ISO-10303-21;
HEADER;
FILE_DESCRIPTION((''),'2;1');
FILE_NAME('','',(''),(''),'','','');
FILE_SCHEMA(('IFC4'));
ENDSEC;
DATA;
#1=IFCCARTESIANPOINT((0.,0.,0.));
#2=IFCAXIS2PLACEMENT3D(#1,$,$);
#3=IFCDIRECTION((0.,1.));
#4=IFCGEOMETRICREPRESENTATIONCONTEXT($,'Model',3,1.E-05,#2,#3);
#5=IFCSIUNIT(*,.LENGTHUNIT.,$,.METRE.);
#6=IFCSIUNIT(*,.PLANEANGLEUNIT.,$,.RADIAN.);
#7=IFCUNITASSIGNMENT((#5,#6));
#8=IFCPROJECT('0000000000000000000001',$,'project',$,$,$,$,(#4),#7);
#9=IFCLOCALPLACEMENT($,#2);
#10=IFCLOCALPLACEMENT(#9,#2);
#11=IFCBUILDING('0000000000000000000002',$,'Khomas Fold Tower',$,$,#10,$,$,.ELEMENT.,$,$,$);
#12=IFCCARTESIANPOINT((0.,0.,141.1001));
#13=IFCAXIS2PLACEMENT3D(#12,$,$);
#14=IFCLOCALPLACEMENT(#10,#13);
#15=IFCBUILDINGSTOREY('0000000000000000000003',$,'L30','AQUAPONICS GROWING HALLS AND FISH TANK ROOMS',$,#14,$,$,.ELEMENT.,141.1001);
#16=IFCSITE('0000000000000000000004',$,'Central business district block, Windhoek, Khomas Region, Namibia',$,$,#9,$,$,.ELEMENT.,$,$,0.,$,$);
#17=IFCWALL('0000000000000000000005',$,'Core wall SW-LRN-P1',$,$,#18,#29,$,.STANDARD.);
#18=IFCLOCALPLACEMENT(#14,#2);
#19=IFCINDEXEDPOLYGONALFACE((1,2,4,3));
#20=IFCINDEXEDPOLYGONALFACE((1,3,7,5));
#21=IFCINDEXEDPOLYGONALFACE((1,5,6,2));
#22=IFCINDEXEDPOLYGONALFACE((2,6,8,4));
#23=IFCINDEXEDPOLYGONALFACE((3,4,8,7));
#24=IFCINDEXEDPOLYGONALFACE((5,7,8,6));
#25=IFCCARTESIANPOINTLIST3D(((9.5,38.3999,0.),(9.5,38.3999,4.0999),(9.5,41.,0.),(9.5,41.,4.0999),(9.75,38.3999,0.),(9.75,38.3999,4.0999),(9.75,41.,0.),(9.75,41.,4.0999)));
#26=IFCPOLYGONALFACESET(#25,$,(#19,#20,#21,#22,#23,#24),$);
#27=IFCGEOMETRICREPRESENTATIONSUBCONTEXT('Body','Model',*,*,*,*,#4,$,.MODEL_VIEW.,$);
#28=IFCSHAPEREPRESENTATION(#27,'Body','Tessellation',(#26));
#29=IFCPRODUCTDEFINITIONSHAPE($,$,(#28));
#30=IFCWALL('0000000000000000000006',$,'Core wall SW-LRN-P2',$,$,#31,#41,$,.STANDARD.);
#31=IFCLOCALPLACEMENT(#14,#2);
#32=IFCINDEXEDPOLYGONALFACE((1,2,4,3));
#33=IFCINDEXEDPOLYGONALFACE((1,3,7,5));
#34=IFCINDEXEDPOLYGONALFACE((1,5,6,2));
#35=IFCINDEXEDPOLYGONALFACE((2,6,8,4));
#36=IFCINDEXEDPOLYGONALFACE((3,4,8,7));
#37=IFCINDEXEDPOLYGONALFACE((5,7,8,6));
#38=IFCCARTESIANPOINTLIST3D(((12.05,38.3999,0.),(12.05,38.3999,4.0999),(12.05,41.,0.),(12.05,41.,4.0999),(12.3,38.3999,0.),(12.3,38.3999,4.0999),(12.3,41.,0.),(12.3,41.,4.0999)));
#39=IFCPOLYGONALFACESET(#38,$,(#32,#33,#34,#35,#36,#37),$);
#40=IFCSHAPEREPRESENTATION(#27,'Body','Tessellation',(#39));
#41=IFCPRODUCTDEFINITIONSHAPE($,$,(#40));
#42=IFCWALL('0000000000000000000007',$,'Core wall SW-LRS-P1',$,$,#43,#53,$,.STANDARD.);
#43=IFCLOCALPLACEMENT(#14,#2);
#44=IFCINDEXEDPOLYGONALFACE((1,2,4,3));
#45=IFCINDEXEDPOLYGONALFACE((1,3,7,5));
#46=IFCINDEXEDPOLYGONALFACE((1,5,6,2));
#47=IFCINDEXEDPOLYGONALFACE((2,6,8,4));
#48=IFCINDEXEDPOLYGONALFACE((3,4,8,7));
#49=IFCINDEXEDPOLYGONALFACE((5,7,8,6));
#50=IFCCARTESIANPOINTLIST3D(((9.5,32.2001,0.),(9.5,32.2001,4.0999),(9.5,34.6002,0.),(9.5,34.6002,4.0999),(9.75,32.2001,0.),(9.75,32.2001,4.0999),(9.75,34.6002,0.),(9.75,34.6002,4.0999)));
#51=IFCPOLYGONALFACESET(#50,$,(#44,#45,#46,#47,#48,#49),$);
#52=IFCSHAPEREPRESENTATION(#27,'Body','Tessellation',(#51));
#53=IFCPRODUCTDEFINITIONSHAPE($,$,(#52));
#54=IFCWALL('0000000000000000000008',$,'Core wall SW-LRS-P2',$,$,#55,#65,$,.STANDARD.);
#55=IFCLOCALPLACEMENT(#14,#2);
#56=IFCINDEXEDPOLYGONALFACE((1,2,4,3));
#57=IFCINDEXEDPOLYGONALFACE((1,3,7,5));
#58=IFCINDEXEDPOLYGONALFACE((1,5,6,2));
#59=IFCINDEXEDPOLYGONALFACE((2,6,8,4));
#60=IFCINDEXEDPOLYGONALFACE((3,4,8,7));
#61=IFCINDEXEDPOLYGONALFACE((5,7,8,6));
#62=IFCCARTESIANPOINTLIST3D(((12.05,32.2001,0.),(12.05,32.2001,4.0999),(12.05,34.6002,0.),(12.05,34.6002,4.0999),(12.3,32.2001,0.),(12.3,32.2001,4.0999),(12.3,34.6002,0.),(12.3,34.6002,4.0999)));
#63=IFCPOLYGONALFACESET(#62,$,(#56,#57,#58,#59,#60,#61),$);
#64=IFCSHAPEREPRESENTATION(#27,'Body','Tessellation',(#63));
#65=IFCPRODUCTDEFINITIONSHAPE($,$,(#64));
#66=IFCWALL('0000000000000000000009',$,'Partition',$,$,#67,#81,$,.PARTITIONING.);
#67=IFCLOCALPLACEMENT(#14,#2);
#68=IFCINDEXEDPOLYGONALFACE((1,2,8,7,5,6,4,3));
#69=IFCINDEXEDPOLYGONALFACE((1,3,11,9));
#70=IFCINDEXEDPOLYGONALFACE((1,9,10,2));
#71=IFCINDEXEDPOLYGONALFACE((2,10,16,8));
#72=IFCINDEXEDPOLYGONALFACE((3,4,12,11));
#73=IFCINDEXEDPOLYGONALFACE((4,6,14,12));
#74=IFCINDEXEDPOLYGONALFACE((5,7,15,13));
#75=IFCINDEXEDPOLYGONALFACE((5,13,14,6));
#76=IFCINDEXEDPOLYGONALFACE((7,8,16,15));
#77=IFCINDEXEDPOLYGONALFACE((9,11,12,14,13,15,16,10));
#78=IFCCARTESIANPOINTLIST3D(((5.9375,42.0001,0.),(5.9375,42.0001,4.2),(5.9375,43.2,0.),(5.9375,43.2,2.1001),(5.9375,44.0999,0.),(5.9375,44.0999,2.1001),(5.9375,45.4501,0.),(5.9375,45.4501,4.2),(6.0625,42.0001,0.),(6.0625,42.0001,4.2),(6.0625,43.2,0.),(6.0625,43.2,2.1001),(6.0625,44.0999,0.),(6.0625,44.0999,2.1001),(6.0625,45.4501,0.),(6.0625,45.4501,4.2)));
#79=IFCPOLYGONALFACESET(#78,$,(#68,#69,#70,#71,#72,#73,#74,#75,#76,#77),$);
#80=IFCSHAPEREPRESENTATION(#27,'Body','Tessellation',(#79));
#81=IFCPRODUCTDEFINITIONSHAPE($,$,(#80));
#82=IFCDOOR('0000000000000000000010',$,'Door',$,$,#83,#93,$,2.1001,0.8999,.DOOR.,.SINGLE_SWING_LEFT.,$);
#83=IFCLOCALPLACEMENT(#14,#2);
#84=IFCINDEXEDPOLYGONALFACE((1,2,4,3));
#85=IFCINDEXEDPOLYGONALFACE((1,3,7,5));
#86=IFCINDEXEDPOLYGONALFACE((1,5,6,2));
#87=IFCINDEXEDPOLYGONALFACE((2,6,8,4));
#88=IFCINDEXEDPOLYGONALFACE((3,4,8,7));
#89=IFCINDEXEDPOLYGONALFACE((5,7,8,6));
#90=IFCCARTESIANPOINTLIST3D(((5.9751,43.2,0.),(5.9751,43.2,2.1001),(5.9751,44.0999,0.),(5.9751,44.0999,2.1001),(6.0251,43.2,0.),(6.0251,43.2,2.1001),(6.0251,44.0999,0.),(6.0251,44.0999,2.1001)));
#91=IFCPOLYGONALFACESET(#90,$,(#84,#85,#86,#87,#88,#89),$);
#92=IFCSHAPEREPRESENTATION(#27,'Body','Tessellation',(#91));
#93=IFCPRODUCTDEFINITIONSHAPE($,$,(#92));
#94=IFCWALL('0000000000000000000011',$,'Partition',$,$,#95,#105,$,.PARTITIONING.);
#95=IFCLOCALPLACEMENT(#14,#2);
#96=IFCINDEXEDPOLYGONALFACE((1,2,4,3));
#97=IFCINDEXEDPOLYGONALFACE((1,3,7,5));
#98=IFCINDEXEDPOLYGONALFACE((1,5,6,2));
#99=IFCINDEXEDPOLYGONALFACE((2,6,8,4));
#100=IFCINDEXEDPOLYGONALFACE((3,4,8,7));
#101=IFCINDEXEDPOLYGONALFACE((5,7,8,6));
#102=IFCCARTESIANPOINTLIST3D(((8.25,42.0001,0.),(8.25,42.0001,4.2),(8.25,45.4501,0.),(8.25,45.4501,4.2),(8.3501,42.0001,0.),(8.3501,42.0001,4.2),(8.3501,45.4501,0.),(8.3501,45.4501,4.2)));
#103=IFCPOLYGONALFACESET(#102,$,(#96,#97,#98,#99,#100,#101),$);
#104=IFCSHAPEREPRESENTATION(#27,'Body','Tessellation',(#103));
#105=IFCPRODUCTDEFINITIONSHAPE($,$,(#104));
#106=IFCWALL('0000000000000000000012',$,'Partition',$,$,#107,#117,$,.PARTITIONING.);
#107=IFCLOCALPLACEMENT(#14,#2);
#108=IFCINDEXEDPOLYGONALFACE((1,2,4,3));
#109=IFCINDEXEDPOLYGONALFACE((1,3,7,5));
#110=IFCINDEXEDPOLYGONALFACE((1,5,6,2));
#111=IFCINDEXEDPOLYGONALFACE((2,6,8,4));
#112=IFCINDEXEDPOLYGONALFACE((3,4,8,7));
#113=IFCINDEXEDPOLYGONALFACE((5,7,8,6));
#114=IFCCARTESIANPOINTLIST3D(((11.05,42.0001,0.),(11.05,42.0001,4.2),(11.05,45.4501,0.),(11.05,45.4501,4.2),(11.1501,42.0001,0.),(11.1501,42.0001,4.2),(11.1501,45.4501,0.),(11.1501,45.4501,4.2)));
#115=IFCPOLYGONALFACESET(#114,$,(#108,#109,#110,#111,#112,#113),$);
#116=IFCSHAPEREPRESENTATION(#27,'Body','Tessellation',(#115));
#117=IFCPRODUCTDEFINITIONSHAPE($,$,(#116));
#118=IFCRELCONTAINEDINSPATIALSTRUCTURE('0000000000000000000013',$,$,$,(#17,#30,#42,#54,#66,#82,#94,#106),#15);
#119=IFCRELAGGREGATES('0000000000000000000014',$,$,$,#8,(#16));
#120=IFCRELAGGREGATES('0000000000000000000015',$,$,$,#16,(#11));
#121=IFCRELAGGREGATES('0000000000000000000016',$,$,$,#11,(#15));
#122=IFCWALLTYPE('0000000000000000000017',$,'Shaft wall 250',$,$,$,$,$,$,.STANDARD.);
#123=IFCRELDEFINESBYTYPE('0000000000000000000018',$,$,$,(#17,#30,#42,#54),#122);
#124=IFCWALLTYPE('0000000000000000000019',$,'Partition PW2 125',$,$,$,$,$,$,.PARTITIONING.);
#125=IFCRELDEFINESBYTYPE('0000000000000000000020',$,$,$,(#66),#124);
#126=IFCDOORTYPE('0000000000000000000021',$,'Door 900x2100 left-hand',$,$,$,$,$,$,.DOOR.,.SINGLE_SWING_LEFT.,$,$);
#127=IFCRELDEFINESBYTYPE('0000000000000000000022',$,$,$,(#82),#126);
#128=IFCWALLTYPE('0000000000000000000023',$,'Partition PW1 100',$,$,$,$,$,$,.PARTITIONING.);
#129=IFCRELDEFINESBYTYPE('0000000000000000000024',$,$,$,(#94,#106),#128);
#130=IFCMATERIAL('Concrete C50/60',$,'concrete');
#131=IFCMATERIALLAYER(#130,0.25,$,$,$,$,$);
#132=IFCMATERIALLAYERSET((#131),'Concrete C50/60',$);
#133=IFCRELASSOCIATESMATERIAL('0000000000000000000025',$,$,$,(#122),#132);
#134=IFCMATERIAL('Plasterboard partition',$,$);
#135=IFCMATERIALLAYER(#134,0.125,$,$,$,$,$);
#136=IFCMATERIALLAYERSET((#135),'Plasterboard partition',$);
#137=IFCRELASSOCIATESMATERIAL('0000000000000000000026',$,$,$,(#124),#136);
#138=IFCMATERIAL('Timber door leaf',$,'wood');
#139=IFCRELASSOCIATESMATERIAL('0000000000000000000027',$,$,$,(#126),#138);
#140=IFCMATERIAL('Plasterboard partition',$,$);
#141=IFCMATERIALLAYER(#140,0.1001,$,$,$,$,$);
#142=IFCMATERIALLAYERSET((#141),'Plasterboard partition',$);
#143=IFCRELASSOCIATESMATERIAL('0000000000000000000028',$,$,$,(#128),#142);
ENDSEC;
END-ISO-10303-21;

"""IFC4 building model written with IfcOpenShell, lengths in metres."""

from ifc_helpers import new_model, si_unit, direction, frame, frame_2d, origin, place, context, subcontext, project, spatial, rectangle, extrude, source, transform, mapped, material, layer, layer_set, type_object, element, fill, save


model = new_model("IFC4")

# Units and contexts
model_context = context("Model", 3, precision=1e-05, world=origin(), true_north=direction((0.0, 1.0)))
body_context = subcontext(model_context, "Body", "Model", "MODEL_VIEW")
ifc_project = project(units=[si_unit("LENGTHUNIT", "METRE"), si_unit("PLANEANGLEUNIT", "RADIAN")], contexts=[model_context])

# Site, building, storey
site_placement = place(None, origin())
site = spatial("IfcSite", under=ifc_project, at=site_placement, Name="Central business district block, Windhoek, Khomas Region, Namibia", CompositionType="ELEMENT", RefElevation=0.0)
building_placement = place(site_placement, origin())
building = spatial("IfcBuilding", under=site, at=building_placement, Name="Khomas Fold Tower", CompositionType="ELEMENT")
storey_placement = place(building_placement, frame((0.0, 0.0, 141.1001)))
storey = spatial("IfcBuildingStorey", under=building, at=storey_placement, Name="L30", Description="AQUAPONICS GROWING HALLS AND FISH TANK ROOMS", CompositionType="ELEMENT", Elevation=141.1001)

# Walls
ifc_material_1 = material(Name="Concrete C50/60", Category="concrete")
ifc_layer_1 = layer(ifc_material_1, 0.25)
ifc_layer_set_1 = layer_set([ifc_layer_1], Name="Concrete C50/60")
wall_type_1 = type_object("IfcWallType", Name="Shaft wall 250", PredefinedType="STANDARD", material=ifc_layer_set_1)
shared_shape_1 = source(origin(), body_context, "Body", "SweptSolid", [
    extrude(rectangle(XDim=2.6001, YDim=0.25, at=frame_2d((1.3, 0.0))), origin(), (0.0, 0.0, 1.0), 4.0999),
])
for number, where, z_axis, x_axis, name in (
    (1, (9.625, 38.3999, 0.0), (0.0, 0.0, 1.0), (0.0, 1.0, 0.0), "Core wall SW-LRN-P1"),
    (2, (12.175, 38.3999, 0.0), (0.0, 0.0, 1.0), (0.0, 1.0, 0.0), "Core wall SW-LRN-P2"),
):
    element("IfcWall", number, at=place(storey_placement, frame(where, z_axis=z_axis, x_axis=x_axis)), inside=storey, type_object=wall_type_1, Name=name, PredefinedType="STANDARD", context=body_context, shape_type="MappedRepresentation", body=[
        mapped(shared_shape_1, transform((0.0, 0.0, 0.0))),
    ])
shared_shape_2 = source(origin(), body_context, "Body", "SweptSolid", [
    extrude(rectangle(XDim=2.4001, YDim=0.25, at=frame_2d((1.2002, 0.0))), origin(), (0.0, 0.0, 1.0), 4.0999),
])
for number, where, z_axis, x_axis, name in (
    (3, (9.625, 32.2, 0.0), (0.0, 0.0, 1.0), (0.0, 1.0, 0.0), "Core wall SW-LRS-P1"),
    (4, (12.175, 32.2, 0.0), (0.0, 0.0, 1.0), (0.0, 1.0, 0.0), "Core wall SW-LRS-P2"),
):
    element("IfcWall", number, at=place(storey_placement, frame(where, z_axis=z_axis, x_axis=x_axis)), inside=storey, type_object=wall_type_1, Name=name, PredefinedType="STANDARD", context=body_context, shape_type="MappedRepresentation", body=[
        mapped(shared_shape_2, transform((0.0, 0.0, 0.0))),
    ])

# Wall, opening, door
ifc_material_2 = material(Name="Plasterboard partition")
ifc_layer_2 = layer(ifc_material_2, 0.125)
ifc_layer_set_2 = layer_set([ifc_layer_2], Name="Plasterboard partition")
wall_type_2 = type_object("IfcWallType", Name="Partition PW2 125", PredefinedType="PARTITIONING", material=ifc_layer_set_2)
shared_shape_3 = source(origin(), body_context, "Body", "SweptSolid", [
    extrude(rectangle(XDim=3.45, YDim=0.125, at=frame_2d((1.7251, 0.0))), origin(), (0.0, 0.0, 1.0), 4.2),
])
wall_1_placement = place(storey_placement, frame((6.0, 42.0, 0.0), z_axis=(0.0, 0.0, 1.0), x_axis=(0.0, 1.0, 0.0)))
wall_1 = element("IfcWall", 5, at=wall_1_placement, inside=storey, type_object=wall_type_2, Name="Partition", PredefinedType="PARTITIONING", context=body_context, shape_type="MappedRepresentation", body=[
    mapped(shared_shape_3, transform((0.0, 0.0, 0.0))),
])
shared_shape_4 = source(origin(), body_context, "Body", "SweptSolid", [
    extrude(rectangle(XDim=0.8999, YDim=2.1001, at=frame_2d((0.45, 1.05))), frame((0.0, 0.0725, 0.0), z_axis=(0.0, -1.0, 0.0), x_axis=(1.0, 0.0, 0.0)), (0.0, 0.0, 1.0), 0.145),
])
opening_1_placement = place(wall_1_placement, frame((1.2, 0.0, 0.0)))
opening_1 = element("IfcOpeningElement", 6, at=opening_1_placement, cuts=wall_1, PredefinedType="OPENING", context=body_context, shape_type="MappedRepresentation", body=[
    mapped(shared_shape_4, transform((0.0, 0.0, 0.0))),
])
ifc_material_3 = material(Name="Timber door leaf", Category="wood")
door_type_1 = type_object("IfcDoorType", Name="Door 900x2100 left-hand", OperationType="SINGLE_SWING_LEFT", PredefinedType="DOOR", material=ifc_material_3)
shared_shape_5 = source(origin(), body_context, "Body", "SweptSolid", [
    extrude(rectangle(XDim=0.8999, YDim=2.1001, at=frame_2d((0.45, 1.05))), frame((0.0, 0.0249, 0.0), z_axis=(0.0, -1.0, 0.0), x_axis=(1.0, 0.0, 0.0)), (0.0, 0.0, 1.0), 0.05),
])
door_1_placement = place(opening_1_placement, origin())
door_1 = element("IfcDoor", 7, at=door_1_placement, inside=storey, type_object=door_type_1, Name="Door", OperationType="SINGLE_SWING_LEFT", OverallHeight=2.1001, OverallWidth=0.8999, PredefinedType="DOOR", context=body_context, shape_type="MappedRepresentation", body=[
    mapped(shared_shape_5, transform((0.0, 0.0, 0.0))),
])
fill(opening_1, door_1)

# Walls
ifc_material_4 = material(Name="Plasterboard partition")
ifc_layer_3 = layer(ifc_material_4, 0.1001)
ifc_layer_set_3 = layer_set([ifc_layer_3], Name="Plasterboard partition")
wall_type_3 = type_object("IfcWallType", Name="Partition PW1 100", PredefinedType="PARTITIONING", material=ifc_layer_set_3)
shared_shape_6 = source(origin(), body_context, "Body", "SweptSolid", [
    extrude(rectangle(XDim=3.45, YDim=0.1001, at=frame_2d((1.7251, 0.0))), origin(), (0.0, 0.0, 1.0), 4.2),
])
for number, where, z_axis, x_axis, name in (
    (8, (8.3, 42.0, 0.0), (0.0, 0.0, 1.0), (0.0, 1.0, 0.0), "Partition"),
    (9, (11.1001, 42.0, 0.0), (0.0, 0.0, 1.0), (0.0, 1.0, 0.0), "Partition"),
):
    element("IfcWall", number, at=place(storey_placement, frame(where, z_axis=z_axis, x_axis=x_axis)), inside=storey, type_object=wall_type_3, Name=name, PredefinedType="PARTITIONING", context=body_context, shape_type="MappedRepresentation", body=[
        mapped(shared_shape_6, transform((0.0, 0.0, 0.0))),
    ])

save(model, "model.ifc")
